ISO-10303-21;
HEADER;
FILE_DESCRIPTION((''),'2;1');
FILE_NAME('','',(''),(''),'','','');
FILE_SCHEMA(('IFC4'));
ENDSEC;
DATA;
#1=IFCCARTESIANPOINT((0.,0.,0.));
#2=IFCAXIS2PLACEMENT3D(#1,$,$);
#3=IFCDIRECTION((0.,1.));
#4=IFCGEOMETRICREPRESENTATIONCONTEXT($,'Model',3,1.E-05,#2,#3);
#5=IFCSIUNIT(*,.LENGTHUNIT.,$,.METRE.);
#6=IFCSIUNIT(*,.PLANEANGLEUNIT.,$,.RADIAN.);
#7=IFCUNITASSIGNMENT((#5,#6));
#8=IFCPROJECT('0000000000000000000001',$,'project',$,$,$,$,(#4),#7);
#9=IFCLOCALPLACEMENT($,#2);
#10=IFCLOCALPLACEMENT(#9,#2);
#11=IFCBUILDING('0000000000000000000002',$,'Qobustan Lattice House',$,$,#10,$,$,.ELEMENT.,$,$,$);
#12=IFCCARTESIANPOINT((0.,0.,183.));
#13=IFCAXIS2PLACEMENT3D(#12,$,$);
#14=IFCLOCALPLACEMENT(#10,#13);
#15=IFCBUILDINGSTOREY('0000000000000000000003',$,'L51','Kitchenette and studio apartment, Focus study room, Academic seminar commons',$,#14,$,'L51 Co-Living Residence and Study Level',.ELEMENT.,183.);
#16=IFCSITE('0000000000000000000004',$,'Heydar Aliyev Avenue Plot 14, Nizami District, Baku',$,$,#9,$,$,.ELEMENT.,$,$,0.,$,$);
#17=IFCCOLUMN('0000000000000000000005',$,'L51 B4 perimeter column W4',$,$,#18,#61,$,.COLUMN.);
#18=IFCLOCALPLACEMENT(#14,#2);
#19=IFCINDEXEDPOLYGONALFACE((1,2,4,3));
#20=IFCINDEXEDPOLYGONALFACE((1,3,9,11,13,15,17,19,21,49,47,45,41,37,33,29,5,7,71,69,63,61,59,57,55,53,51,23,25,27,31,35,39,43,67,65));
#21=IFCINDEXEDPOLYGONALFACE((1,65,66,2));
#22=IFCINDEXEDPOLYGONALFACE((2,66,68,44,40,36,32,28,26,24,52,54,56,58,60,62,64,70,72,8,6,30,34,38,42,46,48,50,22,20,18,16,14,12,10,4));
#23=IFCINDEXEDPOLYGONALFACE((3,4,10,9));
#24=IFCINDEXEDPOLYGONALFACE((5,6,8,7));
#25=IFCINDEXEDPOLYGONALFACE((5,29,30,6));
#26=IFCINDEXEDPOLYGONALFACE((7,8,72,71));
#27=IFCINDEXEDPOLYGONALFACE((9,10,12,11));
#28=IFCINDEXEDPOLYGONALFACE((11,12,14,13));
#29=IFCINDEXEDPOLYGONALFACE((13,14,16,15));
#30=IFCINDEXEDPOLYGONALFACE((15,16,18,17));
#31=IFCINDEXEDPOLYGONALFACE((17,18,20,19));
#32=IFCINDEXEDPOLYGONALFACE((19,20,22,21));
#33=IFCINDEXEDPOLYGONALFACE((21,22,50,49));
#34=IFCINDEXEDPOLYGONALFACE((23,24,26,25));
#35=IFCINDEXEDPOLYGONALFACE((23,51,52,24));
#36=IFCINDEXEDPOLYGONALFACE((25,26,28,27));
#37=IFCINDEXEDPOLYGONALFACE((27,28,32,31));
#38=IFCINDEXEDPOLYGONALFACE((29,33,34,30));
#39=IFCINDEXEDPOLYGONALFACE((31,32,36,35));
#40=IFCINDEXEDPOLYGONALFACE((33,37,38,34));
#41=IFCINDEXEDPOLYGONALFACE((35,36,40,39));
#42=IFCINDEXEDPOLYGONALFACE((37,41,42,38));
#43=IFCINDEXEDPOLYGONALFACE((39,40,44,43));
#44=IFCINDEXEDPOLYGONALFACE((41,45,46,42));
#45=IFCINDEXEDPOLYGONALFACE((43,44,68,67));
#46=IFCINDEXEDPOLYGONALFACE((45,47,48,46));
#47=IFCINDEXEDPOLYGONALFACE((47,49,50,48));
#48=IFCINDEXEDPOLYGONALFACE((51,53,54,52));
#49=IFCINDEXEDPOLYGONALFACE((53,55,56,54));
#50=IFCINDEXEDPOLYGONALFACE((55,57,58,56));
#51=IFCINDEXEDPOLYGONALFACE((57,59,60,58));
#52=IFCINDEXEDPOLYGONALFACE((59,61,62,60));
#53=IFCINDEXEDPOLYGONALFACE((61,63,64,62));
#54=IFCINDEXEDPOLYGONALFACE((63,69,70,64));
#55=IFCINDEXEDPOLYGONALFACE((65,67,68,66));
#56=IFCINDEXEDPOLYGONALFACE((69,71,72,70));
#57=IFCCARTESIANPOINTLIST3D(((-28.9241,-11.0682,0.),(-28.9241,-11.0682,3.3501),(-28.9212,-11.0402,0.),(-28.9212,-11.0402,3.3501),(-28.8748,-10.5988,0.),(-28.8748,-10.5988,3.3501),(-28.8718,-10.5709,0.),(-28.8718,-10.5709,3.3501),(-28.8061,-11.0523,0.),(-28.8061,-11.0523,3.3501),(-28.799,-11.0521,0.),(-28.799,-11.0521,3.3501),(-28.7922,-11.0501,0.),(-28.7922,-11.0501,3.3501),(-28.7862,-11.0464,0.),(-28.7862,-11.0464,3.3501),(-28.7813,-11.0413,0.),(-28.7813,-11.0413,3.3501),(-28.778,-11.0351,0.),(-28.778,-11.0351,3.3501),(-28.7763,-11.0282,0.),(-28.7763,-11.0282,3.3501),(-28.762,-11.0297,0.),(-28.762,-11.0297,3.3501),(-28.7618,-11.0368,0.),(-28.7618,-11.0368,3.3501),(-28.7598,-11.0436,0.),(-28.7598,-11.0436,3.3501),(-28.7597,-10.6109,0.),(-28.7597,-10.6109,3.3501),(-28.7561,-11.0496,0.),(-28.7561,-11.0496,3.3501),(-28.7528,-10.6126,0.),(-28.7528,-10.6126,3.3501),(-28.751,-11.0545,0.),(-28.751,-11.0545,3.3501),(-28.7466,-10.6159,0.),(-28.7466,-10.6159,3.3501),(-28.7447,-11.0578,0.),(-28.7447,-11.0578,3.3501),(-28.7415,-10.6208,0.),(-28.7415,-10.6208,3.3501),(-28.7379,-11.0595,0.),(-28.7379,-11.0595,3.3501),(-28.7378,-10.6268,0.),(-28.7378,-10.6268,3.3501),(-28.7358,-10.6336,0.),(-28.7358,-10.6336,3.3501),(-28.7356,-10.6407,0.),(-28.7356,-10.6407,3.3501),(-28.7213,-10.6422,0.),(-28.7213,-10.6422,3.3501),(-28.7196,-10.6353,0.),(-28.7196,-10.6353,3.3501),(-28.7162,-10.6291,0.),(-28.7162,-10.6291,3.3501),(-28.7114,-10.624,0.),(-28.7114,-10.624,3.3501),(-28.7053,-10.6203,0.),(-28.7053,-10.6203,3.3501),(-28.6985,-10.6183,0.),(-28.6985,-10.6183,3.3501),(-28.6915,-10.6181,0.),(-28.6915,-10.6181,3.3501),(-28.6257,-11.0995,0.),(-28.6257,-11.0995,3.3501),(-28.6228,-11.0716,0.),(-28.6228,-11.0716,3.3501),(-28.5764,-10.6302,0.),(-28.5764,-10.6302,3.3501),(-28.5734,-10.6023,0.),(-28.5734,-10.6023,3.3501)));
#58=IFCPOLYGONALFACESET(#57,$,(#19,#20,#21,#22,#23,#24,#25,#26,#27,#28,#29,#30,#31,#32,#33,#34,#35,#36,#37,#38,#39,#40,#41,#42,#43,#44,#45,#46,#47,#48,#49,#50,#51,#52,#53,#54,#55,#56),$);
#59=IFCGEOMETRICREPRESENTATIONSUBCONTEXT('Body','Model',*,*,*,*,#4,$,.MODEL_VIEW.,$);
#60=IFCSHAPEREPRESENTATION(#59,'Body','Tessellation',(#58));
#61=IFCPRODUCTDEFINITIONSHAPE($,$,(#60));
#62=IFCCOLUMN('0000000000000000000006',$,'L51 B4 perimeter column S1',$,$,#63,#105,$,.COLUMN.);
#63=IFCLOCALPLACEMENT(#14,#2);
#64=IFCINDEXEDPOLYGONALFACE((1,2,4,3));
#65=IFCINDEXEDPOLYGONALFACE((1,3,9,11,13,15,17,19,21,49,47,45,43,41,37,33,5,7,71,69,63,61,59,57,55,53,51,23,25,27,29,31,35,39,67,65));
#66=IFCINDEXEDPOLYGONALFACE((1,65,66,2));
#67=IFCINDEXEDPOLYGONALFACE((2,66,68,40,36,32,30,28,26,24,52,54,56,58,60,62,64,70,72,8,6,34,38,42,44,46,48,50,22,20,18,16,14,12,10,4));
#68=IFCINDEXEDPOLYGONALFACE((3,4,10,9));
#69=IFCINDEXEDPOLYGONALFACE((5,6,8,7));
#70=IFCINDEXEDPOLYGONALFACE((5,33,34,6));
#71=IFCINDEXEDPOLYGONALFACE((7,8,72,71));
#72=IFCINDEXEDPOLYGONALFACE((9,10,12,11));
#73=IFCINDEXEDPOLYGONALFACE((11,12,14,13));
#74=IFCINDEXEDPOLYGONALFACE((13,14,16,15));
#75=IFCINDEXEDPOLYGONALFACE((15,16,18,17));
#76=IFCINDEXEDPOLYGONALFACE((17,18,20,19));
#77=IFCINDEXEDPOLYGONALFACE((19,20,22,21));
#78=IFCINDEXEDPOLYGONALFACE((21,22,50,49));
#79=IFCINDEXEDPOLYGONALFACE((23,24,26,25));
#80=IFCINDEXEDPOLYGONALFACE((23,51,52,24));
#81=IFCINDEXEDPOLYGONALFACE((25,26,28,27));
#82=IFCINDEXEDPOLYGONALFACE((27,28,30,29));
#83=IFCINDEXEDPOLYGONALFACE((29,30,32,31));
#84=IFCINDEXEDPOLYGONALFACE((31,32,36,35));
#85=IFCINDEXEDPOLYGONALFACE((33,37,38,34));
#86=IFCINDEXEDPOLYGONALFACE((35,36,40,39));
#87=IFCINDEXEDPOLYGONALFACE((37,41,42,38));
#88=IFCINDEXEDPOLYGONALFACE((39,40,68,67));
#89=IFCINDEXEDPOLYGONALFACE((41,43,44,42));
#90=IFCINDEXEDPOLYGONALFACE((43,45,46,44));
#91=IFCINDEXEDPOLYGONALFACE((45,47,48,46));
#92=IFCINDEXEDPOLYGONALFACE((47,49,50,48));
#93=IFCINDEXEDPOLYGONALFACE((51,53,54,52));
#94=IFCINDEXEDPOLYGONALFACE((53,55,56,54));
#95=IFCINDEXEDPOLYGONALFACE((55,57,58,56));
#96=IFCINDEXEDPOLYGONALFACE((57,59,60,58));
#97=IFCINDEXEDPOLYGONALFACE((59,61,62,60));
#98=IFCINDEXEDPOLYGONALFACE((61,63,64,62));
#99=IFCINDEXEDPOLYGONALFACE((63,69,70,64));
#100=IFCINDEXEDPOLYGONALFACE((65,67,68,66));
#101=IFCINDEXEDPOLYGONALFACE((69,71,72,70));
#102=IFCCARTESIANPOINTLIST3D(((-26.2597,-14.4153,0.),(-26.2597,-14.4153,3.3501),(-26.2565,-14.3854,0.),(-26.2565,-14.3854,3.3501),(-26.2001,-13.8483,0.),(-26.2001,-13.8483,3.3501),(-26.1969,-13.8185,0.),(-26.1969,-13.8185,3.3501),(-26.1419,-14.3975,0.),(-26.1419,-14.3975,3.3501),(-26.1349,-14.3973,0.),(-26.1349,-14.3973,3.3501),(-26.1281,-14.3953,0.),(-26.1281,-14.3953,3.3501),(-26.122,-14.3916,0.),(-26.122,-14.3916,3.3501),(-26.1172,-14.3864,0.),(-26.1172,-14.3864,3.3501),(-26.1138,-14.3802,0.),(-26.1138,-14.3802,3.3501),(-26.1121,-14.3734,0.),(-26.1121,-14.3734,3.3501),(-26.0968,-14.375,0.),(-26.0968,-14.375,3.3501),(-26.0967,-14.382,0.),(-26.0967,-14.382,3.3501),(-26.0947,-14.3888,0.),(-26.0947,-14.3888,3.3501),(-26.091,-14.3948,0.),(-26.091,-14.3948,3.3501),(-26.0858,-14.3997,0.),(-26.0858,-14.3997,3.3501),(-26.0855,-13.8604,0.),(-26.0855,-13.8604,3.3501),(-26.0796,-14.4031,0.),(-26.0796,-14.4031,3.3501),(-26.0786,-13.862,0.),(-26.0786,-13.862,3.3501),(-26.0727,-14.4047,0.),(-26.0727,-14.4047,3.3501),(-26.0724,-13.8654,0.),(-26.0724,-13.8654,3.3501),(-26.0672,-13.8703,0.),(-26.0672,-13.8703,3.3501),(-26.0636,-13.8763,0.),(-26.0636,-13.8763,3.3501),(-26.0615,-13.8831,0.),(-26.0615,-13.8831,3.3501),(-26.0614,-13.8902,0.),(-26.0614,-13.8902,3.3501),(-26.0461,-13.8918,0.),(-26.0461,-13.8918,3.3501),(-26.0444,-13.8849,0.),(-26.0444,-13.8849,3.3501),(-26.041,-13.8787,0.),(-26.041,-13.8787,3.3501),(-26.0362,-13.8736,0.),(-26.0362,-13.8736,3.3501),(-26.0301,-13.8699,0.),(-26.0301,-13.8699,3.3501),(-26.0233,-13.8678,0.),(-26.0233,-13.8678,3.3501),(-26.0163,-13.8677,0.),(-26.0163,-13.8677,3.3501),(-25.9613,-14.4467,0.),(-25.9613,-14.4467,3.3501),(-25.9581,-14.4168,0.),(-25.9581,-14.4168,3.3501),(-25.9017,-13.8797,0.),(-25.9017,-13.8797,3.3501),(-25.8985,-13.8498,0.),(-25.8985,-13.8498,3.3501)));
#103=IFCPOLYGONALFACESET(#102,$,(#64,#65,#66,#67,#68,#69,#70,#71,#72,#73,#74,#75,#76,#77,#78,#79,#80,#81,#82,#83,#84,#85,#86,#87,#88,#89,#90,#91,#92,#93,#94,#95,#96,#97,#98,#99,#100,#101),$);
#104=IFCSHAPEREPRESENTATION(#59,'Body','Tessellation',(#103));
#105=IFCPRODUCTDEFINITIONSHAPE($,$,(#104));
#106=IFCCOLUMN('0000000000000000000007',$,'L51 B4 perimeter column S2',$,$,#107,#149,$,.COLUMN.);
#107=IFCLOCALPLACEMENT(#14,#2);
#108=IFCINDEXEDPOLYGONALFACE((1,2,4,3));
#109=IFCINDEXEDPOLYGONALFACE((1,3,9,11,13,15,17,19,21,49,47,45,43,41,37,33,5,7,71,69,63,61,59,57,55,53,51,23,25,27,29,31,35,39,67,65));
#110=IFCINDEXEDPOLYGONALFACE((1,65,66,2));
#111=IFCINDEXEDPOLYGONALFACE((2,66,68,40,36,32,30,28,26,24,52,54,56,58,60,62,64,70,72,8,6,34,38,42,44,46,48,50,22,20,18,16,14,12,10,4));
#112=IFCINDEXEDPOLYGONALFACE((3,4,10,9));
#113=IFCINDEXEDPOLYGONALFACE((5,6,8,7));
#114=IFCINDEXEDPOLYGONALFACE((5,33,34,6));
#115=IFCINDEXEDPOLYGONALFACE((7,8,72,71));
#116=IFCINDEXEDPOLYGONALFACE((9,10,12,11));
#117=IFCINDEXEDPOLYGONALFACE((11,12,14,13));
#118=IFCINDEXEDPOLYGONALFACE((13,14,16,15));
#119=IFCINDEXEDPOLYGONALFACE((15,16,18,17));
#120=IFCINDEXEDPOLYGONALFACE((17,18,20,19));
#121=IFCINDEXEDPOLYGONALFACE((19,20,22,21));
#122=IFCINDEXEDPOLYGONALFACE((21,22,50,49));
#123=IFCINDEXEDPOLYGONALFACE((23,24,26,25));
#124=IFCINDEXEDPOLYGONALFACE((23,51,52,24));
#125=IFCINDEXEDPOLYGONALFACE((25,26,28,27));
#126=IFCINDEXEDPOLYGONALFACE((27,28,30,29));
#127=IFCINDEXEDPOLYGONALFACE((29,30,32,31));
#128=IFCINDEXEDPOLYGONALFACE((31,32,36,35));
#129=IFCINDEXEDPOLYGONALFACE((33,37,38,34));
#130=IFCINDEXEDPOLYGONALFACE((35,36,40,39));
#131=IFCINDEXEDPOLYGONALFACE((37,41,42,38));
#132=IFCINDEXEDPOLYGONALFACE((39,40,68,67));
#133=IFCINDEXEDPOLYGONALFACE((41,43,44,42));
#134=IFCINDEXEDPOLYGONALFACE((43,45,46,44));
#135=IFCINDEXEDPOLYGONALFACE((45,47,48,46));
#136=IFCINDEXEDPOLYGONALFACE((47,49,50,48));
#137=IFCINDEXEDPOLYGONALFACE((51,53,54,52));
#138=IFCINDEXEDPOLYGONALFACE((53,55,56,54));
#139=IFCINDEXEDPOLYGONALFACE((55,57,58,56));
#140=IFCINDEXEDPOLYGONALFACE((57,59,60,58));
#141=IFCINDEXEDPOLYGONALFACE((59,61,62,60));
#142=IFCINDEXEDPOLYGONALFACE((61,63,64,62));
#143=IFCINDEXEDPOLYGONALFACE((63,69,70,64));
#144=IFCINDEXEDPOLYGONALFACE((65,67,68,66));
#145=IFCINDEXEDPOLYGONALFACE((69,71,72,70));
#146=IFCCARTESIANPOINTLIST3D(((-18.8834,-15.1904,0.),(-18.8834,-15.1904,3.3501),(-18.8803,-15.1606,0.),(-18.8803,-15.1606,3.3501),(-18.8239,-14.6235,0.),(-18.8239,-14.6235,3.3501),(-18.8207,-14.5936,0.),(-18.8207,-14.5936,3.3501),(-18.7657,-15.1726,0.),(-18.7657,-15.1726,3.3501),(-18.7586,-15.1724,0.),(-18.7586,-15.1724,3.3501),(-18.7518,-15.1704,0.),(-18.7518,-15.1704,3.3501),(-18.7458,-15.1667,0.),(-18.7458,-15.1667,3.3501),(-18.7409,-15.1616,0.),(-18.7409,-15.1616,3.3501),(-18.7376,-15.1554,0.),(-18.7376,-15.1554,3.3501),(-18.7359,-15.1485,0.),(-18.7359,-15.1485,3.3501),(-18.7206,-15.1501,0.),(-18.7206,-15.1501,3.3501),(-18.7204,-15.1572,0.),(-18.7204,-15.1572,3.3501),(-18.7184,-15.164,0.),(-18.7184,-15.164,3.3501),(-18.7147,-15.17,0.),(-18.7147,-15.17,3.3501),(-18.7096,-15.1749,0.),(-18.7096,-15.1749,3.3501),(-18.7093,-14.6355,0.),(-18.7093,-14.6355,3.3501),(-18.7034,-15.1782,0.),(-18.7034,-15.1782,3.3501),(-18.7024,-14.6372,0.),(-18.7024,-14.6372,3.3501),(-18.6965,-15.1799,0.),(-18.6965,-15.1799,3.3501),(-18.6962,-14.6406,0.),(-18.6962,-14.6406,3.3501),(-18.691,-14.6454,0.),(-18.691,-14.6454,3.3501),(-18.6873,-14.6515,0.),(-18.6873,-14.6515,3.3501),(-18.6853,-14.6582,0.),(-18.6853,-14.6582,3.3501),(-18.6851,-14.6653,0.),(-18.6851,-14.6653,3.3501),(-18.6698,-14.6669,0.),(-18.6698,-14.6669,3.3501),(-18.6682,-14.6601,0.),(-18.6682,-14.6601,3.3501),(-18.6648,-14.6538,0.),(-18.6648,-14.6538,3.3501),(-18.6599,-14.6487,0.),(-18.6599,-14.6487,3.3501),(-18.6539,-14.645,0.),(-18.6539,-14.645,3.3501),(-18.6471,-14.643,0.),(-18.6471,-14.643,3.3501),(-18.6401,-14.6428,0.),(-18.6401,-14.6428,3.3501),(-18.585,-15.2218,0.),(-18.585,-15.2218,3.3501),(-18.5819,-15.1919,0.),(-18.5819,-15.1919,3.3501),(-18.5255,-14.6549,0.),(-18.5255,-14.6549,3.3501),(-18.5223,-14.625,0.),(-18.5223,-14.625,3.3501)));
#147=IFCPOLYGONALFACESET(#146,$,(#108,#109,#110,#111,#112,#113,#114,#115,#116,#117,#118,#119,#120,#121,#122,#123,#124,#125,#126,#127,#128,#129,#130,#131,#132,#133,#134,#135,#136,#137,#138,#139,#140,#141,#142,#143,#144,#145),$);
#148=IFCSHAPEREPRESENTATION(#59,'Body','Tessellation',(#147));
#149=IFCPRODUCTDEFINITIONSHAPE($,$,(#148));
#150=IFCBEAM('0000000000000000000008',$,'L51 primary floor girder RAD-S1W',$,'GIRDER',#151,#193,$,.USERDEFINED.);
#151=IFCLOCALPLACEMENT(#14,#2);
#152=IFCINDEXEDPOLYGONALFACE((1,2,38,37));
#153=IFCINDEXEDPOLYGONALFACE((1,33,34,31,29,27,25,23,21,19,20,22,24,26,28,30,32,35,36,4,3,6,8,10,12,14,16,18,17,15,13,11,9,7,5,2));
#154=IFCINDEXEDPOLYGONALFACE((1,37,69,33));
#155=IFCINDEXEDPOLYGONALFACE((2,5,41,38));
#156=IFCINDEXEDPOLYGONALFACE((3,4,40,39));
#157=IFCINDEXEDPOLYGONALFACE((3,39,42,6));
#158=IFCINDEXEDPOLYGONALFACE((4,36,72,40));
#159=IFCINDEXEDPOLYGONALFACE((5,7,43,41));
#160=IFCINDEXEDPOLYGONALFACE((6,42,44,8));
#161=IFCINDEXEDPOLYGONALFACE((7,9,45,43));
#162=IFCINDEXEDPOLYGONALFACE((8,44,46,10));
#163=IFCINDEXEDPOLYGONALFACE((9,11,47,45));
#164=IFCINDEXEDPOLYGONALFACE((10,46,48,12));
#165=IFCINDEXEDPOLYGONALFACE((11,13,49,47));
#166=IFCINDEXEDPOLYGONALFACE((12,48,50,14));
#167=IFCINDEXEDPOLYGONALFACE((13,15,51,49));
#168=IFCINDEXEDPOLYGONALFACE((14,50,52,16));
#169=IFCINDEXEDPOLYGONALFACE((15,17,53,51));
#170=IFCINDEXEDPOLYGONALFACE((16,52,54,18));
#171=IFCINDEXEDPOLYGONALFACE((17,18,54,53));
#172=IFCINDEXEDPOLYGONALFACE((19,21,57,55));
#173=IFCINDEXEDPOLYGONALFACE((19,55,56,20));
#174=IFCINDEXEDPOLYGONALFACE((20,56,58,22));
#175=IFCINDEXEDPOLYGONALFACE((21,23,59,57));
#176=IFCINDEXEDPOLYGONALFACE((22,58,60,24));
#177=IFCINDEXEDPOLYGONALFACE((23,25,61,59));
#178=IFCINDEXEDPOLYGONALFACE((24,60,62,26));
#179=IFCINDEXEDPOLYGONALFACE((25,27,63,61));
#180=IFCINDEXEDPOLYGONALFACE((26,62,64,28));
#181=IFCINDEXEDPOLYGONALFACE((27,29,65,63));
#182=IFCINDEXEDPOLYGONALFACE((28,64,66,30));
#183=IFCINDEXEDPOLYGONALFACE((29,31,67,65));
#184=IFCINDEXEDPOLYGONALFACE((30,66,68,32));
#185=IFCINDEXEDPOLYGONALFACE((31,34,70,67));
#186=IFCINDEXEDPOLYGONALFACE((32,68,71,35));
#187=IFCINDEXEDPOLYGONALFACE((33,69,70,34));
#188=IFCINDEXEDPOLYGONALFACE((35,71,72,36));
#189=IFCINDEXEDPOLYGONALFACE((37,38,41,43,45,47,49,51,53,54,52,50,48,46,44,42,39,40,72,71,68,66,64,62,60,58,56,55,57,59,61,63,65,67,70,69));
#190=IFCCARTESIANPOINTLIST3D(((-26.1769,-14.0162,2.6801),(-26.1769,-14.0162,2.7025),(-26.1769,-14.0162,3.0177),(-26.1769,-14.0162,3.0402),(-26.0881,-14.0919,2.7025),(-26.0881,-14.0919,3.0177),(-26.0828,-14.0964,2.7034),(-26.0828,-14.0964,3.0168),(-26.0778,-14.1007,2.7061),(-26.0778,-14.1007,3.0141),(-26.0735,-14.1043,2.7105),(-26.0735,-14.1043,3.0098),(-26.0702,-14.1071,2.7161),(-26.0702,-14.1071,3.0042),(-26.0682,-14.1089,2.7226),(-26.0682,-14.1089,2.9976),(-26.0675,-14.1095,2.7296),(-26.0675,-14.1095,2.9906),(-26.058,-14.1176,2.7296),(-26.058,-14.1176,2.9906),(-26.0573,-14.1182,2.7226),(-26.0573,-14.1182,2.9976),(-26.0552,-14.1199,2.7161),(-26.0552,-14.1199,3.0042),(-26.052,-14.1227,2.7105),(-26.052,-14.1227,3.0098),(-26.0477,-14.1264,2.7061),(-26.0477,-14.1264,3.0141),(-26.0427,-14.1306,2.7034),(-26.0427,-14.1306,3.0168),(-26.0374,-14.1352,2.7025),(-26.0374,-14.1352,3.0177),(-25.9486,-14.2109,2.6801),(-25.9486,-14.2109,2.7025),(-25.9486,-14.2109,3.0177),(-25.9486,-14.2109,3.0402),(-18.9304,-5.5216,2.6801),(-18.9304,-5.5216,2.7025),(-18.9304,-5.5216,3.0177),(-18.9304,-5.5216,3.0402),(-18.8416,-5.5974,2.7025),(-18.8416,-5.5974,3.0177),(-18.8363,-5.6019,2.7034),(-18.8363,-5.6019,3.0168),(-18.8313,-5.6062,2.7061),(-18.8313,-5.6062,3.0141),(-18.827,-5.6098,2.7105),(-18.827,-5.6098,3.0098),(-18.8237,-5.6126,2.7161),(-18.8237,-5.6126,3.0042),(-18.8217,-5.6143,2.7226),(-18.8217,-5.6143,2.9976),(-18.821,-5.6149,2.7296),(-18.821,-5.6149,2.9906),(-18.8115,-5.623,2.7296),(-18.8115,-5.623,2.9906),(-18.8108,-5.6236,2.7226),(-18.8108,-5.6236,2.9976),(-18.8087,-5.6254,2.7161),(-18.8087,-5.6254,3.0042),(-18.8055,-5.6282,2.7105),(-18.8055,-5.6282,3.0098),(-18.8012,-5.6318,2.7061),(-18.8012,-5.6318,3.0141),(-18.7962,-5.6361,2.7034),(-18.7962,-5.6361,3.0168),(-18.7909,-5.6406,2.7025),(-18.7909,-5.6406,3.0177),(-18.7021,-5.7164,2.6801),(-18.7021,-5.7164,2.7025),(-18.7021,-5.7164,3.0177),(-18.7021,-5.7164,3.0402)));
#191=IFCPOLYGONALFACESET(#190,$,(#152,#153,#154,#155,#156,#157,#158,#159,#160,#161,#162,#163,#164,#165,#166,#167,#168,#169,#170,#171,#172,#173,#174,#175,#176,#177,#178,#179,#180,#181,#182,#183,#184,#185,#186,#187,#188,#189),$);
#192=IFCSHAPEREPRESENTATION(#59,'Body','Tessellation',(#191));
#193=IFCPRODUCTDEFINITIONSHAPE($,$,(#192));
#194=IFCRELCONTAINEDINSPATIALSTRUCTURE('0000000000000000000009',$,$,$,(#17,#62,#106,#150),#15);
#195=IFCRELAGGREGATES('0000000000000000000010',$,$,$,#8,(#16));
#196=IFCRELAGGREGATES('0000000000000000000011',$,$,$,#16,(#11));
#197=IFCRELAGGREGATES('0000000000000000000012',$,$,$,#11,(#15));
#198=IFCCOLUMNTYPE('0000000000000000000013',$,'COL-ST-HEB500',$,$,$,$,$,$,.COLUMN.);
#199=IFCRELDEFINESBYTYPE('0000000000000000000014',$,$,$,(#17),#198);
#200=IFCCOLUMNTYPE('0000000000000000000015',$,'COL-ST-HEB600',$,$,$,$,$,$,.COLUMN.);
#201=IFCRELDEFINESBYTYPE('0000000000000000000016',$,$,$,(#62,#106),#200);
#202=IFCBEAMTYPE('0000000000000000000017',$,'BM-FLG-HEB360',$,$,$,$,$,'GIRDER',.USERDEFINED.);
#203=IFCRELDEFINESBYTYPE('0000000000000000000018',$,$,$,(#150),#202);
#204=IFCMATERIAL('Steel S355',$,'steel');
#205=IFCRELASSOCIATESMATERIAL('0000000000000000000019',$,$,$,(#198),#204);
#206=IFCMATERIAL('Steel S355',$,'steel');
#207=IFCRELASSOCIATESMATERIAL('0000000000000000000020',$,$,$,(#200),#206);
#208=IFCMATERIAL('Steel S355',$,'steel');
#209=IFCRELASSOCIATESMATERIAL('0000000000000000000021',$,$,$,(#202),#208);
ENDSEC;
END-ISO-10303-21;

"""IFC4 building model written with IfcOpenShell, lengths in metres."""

from ifc_helpers import new_model, si_unit, direction, frame, origin, origin_2d, place, context, subcontext, project, spatial, i_section, extrude, material, material_profile, profile_set, type_object, element, save


model = new_model("IFC4")

# Units and contexts
model_context = context("Model", 3, precision=1e-05, world=origin(), true_north=direction((0.0, 1.0)))
body_context = subcontext(model_context, "Body", "Model", "MODEL_VIEW")
ifc_project = project(units=[si_unit("LENGTHUNIT", "METRE"), si_unit("PLANEANGLEUNIT", "RADIAN")], contexts=[model_context])

# Site, building, storey
site_placement = place(None, origin())
site = spatial("IfcSite", under=ifc_project, at=site_placement, Name="Heydar Aliyev Avenue Plot 14, Nizami District, Baku", CompositionType="ELEMENT", RefElevation=0.0)
building_placement = place(site_placement, origin())
building = spatial("IfcBuilding", under=site, at=building_placement, Name="Qobustan Lattice House", CompositionType="ELEMENT")
storey_placement = place(building_placement, frame((0.0, 0.0, 183.0)))
storey = spatial("IfcBuildingStorey", under=building, at=storey_placement, Name="L51", Description="Kitchenette and studio apartment, Focus study room, Academic seminar commons", LongName="L51 Co-Living Residence and Study Level", CompositionType="ELEMENT", Elevation=183.0)

# Columns
ifc_material_1 = material(Name="Steel S355", Category="steel")
ifc_material_profile_1 = material_profile(ifc_material_1, i_section(OverallWidth=0.3, OverallDepth=0.5, WebThickness=0.0144, FlangeThickness=0.0281, FilletRadius=0.0271, at=origin_2d()), Name="HEB500")
ifc_profile_set_1 = profile_set([ifc_material_profile_1], Name="Steel S355")
column_type_1 = type_object("IfcColumnType", Name="COL-ST-HEB500", PredefinedType="COLUMN", material=ifc_profile_set_1)
column_placement = place(storey_placement, frame((-28.7488, -10.8352, 0.0), z_axis=(0.0, 0.0, 1.0), x_axis=(0.994522, -0.104528, 0.0)))
element("IfcColumn", 1, at=column_placement, inside=storey, type_object=column_type_1, Name="L51 B4 perimeter column W4", PredefinedType="COLUMN", context=body_context, shape_type="SweptSolid", body=[
    extrude(i_section(OverallWidth=0.3, OverallDepth=0.5, WebThickness=0.0144, FlangeThickness=0.0281, FilletRadius=0.0271, at=origin_2d()), origin(), (0.0, 0.0, 1.0), 3.3501),
])
ifc_material_2 = material(Name="Steel S355", Category="steel")
ifc_material_profile_2 = material_profile(ifc_material_2, i_section(OverallWidth=0.3, OverallDepth=0.6001, WebThickness=0.0154, FlangeThickness=0.03, FilletRadius=0.0271, at=origin_2d()), Name="HEB600")
ifc_profile_set_2 = profile_set([ifc_material_profile_2], Name="Steel S355")
column_type_2 = type_object("IfcColumnType", Name="COL-ST-HEB600", PredefinedType="COLUMN", material=ifc_profile_set_2)
for number, where, z_axis, x_axis, name in (
    (2, (-26.0791, -14.1326, 0.0), (0.0, 0.0, 1.0), (0.994522, -0.104528, 0.0), "L51 B4 perimeter column S1"),
    (3, (-18.7029, -14.9077, 0.0), (0.0, 0.0, 1.0), (0.994522, -0.104528, 0.0), "L51 B4 perimeter column S2"),
):
    element("IfcColumn", number, at=place(storey_placement, frame(where, z_axis=z_axis, x_axis=x_axis)), inside=storey, type_object=column_type_2, Name=name, PredefinedType="COLUMN", context=body_context, shape_type="SweptSolid", body=[
        extrude(i_section(OverallWidth=0.3, OverallDepth=0.6001, WebThickness=0.0154, FlangeThickness=0.03, FilletRadius=0.0271, at=origin_2d()), origin(), (0.0, 0.0, 1.0), 3.3501),
    ])

# Beam
ifc_material_3 = material(Name="Steel S355", Category="steel")
ifc_material_profile_3 = material_profile(ifc_material_3, i_section(OverallWidth=0.3, OverallDepth=0.3601, WebThickness=0.0125, FlangeThickness=0.0225, FilletRadius=0.0271, at=origin_2d()), Name="HEB360")
ifc_profile_set_3 = profile_set([ifc_material_profile_3], Name="Steel S355")
beam_type_1 = type_object("IfcBeamType", Name="BM-FLG-HEB360", ElementType="GIRDER", PredefinedType="USERDEFINED", material=ifc_profile_set_3)
beam_1_placement = place(storey_placement, frame((-26.0627, -14.1135, 2.8601), z_axis=(0.649007, 0.760783, 0.0), x_axis=(-0.760783, 0.649007, 0.0)))
element("IfcBeam", 4, at=beam_1_placement, inside=storey, type_object=beam_type_1, Name="L51 primary floor girder RAD-S1W", ObjectType="GIRDER", PredefinedType="USERDEFINED", context=body_context, shape_type="SweptSolid", body=[
    extrude(i_section(OverallWidth=0.3, OverallDepth=0.3601, WebThickness=0.0125, FlangeThickness=0.0225, FilletRadius=0.0271, at=origin_2d()), origin(), (0.0, 0.0, 1.0), 11.1655),
])

save(model, "model.ifc")
